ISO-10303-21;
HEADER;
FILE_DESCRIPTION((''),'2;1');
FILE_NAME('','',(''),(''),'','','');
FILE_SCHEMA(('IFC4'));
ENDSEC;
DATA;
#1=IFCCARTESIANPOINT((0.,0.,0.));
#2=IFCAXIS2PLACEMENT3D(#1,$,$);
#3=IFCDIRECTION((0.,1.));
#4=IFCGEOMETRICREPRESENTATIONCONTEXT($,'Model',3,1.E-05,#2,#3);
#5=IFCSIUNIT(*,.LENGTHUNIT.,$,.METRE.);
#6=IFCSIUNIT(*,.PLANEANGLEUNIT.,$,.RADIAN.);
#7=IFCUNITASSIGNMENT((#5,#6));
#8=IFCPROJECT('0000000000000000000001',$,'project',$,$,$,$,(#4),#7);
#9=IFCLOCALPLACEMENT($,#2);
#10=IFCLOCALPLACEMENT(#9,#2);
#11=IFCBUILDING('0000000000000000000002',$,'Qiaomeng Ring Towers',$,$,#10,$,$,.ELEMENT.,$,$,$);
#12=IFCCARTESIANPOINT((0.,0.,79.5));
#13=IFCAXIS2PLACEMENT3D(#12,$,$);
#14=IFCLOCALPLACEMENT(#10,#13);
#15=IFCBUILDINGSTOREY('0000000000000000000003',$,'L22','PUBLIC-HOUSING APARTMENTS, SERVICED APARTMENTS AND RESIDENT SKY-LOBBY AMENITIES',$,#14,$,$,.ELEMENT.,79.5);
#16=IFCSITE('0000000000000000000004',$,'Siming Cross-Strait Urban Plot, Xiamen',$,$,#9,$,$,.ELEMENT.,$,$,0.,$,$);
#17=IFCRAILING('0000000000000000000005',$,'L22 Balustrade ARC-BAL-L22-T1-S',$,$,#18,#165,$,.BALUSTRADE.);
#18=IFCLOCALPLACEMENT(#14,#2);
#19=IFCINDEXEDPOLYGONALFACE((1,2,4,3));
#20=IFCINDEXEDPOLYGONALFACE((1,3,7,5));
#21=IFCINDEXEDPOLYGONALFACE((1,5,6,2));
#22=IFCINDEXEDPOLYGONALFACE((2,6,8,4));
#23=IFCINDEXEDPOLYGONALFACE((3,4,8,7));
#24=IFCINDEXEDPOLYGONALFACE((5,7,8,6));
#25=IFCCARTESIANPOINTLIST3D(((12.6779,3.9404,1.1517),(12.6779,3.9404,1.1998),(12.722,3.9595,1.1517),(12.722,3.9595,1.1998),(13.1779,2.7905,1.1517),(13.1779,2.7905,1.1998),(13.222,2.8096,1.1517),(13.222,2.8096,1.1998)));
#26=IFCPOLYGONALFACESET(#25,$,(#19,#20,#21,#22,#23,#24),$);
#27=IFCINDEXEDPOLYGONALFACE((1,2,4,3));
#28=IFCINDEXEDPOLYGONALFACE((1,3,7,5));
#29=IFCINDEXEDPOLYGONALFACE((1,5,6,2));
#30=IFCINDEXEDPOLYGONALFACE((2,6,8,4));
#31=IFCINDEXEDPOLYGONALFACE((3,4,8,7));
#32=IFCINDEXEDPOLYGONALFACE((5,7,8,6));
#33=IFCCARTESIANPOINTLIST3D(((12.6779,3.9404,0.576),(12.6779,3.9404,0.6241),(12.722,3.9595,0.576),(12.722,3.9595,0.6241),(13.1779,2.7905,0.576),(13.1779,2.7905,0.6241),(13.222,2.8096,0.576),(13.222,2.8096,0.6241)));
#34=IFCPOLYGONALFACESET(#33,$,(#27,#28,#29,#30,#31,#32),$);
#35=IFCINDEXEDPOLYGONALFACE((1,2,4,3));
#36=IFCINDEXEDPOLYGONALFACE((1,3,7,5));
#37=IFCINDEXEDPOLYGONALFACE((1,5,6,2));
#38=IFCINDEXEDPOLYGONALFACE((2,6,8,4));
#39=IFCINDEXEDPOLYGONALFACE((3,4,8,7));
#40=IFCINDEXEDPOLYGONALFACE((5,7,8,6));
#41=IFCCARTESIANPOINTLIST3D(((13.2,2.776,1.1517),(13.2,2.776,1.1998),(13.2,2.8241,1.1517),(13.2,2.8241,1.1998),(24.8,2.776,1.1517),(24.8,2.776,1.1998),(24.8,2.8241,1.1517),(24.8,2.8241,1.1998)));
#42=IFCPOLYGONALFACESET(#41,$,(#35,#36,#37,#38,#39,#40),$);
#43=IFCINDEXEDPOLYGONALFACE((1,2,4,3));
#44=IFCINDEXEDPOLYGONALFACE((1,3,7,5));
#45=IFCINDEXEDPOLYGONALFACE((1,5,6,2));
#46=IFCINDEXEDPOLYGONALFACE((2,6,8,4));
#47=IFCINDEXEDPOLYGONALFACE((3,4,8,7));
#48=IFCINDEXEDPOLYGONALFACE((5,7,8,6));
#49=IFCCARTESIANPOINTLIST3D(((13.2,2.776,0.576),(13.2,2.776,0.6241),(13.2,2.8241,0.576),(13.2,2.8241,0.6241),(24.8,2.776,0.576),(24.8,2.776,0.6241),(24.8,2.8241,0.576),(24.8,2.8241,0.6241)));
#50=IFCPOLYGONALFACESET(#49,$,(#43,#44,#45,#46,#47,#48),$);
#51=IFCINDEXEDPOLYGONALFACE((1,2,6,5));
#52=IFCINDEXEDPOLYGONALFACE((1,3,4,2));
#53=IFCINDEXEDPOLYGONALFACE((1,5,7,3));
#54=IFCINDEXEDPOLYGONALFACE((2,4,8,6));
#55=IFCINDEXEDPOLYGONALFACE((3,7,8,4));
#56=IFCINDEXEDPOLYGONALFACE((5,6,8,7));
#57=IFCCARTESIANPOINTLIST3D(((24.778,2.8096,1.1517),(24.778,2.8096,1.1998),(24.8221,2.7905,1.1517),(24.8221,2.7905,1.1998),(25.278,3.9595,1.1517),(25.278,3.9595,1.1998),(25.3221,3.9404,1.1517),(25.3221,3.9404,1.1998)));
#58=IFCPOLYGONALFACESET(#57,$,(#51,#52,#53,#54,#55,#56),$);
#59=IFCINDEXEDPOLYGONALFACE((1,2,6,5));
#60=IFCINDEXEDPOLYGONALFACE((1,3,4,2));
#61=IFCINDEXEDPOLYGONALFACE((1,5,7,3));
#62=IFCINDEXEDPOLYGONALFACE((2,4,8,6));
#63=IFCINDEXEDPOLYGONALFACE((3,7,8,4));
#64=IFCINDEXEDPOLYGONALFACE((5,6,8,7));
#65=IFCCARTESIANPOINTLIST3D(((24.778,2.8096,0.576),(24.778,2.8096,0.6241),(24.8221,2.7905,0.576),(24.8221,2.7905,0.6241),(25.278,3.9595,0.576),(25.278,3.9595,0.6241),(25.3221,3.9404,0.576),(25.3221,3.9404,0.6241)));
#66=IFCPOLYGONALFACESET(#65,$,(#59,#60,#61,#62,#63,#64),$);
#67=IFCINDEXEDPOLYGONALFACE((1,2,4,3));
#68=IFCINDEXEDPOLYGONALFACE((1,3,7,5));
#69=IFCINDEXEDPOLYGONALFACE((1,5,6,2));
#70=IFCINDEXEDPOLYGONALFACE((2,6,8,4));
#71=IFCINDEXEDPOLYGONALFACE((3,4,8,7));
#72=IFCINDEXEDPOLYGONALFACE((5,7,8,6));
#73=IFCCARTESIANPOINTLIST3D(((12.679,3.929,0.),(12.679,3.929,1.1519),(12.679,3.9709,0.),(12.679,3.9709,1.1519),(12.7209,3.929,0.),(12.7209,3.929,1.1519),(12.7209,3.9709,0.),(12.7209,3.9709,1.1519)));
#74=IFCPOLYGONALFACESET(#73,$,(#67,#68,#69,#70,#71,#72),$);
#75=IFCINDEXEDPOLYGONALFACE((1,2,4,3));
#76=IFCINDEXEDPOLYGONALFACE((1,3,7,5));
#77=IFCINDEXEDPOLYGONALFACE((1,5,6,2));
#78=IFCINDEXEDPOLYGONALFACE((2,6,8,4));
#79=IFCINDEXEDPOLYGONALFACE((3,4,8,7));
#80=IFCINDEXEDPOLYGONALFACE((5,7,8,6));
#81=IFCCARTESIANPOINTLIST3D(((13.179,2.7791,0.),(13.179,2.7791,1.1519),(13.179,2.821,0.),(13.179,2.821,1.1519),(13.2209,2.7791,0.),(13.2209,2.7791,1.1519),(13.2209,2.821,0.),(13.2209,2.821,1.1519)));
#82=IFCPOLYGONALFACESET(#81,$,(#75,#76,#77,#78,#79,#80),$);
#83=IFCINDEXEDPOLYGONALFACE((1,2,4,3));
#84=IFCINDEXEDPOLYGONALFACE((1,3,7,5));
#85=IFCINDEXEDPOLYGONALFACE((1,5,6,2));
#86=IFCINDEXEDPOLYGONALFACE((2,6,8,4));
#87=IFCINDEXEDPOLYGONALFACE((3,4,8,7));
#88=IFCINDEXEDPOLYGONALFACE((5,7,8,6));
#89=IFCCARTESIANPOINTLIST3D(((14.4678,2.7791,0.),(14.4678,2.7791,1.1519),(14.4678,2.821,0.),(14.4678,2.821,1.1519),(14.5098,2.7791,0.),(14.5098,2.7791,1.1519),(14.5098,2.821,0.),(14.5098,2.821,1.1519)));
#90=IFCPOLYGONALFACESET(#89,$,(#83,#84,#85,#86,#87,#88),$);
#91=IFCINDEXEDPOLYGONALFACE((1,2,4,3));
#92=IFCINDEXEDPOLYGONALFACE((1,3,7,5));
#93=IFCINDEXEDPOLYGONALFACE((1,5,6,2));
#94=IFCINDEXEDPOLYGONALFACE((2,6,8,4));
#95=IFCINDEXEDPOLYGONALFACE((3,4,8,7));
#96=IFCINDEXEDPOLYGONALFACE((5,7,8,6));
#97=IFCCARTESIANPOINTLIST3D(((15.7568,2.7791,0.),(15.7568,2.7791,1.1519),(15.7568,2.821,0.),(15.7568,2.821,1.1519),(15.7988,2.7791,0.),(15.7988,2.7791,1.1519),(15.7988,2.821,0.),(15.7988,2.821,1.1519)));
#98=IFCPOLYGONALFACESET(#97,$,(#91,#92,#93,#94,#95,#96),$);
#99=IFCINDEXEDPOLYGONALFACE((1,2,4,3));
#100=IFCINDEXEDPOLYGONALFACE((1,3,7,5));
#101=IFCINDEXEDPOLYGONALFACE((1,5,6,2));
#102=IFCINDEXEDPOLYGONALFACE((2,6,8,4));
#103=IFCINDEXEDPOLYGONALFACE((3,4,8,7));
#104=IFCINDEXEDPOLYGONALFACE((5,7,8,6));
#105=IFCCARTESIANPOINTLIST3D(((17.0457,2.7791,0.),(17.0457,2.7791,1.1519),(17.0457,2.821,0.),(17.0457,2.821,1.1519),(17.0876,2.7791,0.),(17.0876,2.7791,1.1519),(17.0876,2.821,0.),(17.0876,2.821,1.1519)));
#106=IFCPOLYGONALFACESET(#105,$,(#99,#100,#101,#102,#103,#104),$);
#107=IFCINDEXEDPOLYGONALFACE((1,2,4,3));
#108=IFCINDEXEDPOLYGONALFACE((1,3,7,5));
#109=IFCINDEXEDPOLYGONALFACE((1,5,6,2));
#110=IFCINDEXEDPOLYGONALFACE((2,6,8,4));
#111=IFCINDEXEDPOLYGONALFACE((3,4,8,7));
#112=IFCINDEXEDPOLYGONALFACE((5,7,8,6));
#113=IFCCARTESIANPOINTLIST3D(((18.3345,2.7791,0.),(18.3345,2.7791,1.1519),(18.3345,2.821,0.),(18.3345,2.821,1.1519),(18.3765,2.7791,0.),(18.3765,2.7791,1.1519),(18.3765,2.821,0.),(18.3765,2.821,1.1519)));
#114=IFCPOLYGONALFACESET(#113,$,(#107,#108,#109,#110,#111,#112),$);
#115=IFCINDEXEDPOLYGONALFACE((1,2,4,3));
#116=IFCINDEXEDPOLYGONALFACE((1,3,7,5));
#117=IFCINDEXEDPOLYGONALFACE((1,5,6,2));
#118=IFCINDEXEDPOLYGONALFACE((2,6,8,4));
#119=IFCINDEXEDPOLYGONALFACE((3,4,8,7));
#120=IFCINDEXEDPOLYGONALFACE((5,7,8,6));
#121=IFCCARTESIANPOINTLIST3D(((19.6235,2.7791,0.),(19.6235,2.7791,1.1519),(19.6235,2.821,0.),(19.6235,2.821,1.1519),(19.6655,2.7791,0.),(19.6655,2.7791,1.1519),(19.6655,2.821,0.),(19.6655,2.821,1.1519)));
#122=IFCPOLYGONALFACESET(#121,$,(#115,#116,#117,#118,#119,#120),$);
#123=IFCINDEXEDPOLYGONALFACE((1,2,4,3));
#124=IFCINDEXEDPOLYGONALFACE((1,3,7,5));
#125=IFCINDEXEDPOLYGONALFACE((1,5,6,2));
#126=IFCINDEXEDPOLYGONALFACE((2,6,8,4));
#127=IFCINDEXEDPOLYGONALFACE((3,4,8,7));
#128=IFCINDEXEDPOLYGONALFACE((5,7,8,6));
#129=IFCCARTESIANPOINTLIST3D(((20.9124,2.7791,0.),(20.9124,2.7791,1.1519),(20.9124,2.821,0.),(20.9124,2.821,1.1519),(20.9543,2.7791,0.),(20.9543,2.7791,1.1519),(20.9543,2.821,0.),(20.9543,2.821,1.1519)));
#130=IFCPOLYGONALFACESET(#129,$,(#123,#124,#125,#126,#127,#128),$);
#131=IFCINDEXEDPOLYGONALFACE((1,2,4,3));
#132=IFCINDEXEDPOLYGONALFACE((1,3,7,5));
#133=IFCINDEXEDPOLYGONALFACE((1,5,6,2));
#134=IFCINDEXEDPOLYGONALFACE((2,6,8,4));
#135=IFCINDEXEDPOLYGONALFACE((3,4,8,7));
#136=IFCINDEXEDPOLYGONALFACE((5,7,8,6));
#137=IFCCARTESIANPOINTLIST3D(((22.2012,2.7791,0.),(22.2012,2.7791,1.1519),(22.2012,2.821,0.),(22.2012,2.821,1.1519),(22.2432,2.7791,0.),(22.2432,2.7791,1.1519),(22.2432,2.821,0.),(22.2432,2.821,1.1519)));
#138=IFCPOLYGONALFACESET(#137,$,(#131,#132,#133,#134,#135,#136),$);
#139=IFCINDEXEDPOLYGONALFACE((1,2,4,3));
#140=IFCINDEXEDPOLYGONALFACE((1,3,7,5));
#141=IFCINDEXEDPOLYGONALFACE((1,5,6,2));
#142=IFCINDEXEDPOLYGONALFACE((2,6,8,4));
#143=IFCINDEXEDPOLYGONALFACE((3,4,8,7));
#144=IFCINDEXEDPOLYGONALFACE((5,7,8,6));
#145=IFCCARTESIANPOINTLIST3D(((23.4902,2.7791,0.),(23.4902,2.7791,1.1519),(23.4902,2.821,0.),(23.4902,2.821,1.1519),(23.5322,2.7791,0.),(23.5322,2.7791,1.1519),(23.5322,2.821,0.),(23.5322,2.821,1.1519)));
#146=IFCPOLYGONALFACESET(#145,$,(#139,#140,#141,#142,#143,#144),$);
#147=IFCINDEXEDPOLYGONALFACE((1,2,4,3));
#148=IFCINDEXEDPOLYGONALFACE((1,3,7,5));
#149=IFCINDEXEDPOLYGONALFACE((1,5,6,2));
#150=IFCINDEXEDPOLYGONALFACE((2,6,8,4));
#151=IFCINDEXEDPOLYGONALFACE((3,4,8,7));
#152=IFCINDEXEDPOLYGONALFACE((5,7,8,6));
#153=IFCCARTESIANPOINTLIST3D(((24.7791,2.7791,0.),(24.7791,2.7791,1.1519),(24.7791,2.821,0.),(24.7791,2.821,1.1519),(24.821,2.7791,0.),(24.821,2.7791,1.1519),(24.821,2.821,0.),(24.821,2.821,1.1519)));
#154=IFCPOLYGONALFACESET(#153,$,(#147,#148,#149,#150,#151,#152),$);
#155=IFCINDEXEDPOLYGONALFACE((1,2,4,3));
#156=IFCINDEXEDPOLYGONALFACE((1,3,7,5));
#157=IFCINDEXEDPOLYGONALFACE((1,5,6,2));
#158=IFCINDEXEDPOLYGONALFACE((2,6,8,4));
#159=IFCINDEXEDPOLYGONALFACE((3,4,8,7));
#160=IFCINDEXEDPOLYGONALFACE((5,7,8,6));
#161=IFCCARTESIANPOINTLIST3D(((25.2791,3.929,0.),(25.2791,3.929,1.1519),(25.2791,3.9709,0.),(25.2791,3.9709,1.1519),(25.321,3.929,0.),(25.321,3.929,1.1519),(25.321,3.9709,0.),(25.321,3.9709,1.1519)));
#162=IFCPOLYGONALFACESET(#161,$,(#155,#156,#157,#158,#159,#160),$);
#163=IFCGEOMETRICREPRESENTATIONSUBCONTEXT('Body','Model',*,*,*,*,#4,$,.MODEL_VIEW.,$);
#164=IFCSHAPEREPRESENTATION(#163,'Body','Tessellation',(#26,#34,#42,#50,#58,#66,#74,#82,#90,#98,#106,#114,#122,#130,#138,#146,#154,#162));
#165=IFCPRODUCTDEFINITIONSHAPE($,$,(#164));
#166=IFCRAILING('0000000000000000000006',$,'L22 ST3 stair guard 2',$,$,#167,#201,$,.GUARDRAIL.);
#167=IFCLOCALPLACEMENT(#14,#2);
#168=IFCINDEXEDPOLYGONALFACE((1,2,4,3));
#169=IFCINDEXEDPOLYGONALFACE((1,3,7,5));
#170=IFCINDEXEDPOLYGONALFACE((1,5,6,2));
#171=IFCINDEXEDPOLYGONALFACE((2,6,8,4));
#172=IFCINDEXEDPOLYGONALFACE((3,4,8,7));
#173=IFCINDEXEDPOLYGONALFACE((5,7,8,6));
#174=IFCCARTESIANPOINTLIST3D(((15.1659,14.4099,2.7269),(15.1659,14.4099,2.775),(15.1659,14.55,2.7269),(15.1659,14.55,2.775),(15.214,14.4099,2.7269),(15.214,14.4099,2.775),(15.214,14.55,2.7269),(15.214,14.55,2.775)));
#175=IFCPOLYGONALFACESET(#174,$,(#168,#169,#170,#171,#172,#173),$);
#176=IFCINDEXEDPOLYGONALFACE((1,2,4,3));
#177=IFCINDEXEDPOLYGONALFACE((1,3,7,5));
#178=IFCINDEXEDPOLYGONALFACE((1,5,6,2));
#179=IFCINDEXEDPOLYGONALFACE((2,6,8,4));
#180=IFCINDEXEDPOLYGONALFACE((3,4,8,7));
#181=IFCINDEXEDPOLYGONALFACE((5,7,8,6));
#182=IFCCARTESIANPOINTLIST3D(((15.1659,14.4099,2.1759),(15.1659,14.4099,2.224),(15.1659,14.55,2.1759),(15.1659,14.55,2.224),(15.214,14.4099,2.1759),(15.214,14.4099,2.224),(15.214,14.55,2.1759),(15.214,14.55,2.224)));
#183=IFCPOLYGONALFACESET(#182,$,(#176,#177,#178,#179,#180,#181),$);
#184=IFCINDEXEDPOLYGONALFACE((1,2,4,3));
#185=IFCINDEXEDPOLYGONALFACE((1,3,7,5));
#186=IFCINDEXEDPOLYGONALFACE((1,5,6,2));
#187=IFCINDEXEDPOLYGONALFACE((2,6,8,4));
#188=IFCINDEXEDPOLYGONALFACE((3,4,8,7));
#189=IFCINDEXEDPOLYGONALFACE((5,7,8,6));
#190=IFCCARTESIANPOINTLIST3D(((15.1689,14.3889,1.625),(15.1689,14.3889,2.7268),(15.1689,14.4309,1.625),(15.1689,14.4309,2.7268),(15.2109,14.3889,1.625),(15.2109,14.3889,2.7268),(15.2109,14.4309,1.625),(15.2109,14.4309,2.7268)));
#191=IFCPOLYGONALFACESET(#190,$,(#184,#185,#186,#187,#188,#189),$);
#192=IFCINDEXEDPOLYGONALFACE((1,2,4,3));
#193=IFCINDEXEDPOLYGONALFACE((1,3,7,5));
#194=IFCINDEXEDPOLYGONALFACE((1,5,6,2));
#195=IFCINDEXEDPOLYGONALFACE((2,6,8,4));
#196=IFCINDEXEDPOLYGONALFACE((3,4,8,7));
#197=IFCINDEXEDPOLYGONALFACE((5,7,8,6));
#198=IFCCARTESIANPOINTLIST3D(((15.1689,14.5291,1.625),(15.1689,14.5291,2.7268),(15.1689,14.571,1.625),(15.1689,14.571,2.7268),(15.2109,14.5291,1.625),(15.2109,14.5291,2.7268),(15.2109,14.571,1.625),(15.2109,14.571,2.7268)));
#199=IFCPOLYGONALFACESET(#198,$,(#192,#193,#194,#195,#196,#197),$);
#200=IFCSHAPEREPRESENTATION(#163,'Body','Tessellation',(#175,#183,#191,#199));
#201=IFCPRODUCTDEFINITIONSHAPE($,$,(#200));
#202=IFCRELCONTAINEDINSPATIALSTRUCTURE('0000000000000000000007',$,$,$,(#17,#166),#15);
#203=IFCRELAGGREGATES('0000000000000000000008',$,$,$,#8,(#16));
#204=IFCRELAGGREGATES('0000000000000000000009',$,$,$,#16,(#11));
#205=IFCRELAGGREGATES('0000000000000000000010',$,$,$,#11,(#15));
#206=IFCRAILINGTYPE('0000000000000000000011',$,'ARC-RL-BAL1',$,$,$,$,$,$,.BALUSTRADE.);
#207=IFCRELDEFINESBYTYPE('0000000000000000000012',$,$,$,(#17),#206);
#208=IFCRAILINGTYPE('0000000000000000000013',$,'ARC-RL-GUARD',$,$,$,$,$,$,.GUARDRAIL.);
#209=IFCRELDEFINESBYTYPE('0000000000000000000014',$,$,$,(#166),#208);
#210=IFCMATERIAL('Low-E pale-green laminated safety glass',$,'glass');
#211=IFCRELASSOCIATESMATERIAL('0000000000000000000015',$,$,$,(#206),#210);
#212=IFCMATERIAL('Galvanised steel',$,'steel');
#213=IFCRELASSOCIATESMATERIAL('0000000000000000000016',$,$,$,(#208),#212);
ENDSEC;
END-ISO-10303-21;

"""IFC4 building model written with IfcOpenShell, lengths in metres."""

from ifc_helpers import new_model, si_unit, direction, frame, origin, origin_2d, place, context, subcontext, project, spatial, rectangle, extrude, material, type_object, element, save


model = new_model("IFC4")

# Units and contexts
model_context = context("Model", 3, precision=1e-05, world=origin(), true_north=direction((0.0, 1.0)))
body_context = subcontext(model_context, "Body", "Model", "MODEL_VIEW")
ifc_project = project(units=[si_unit("LENGTHUNIT", "METRE"), si_unit("PLANEANGLEUNIT", "RADIAN")], contexts=[model_context])

# Site, building, storey
site_placement = place(None, origin())
site = spatial("IfcSite", under=ifc_project, at=site_placement, Name="Siming Cross-Strait Urban Plot, Xiamen", CompositionType="ELEMENT", RefElevation=0.0)
building_placement = place(site_placement, origin())
building = spatial("IfcBuilding", under=site, at=building_placement, Name="Qiaomeng Ring Towers", CompositionType="ELEMENT")
storey_placement = place(building_placement, frame((0.0, 0.0, 79.5)))
storey = spatial("IfcBuildingStorey", under=building, at=storey_placement, Name="L22", Description="PUBLIC-HOUSING APARTMENTS, SERVICED APARTMENTS AND RESIDENT SKY-LOBBY AMENITIES", CompositionType="ELEMENT", Elevation=79.5)

# Shared definitions
ifc_material_1 = material(Name="Galvanised steel", Category="steel")

# Railings
ifc_material_2 = material(Name="Low-E pale-green laminated safety glass", Category="glass")
railing_type_1 = type_object("IfcRailingType", Name="ARC-RL-BAL1", PredefinedType="BALUSTRADE", material=ifc_material_2)
railing_1_placement = place(storey_placement, frame((12.7, 3.95, 0.0)))
element("IfcRailing", 1, at=railing_1_placement, inside=storey, type_object=railing_type_1, Name="L22 Balustrade ARC-BAL-L22-T1-S", PredefinedType="BALUSTRADE", context=body_context, shape_type="SweptSolid", body=[
    extrude(rectangle(XDim=0.0481, YDim=0.0481, at=origin_2d()), frame((0.0, 0.0, 1.1758), z_axis=(0.398755, -0.917058, 0.0), x_axis=(0.917058, 0.398755, 0.0)), (0.0, 0.0, 1.0), 1.2539),
    extrude(rectangle(XDim=0.0481, YDim=0.0481, at=origin_2d()), frame((0.0, 0.0, 0.6001), z_axis=(0.398755, -0.917058, 0.0), x_axis=(0.917058, 0.398755, 0.0)), (0.0, 0.0, 1.0), 1.2539),
    extrude(rectangle(XDim=0.0481, YDim=0.0481, at=origin_2d()), frame((0.5, -1.1499, 1.1758), z_axis=(1.0, 0.0, 0.0), x_axis=(0.0, 1.0, 0.0)), (0.0, 0.0, 1.0), 11.6001),
    extrude(rectangle(XDim=0.0481, YDim=0.0481, at=origin_2d()), frame((0.5, -1.1499, 0.6001), z_axis=(1.0, 0.0, 0.0), x_axis=(0.0, 1.0, 0.0)), (0.0, 0.0, 1.0), 11.6001),
    extrude(rectangle(XDim=0.0481, YDim=0.0481, at=origin_2d()), frame((12.1001, -1.1499, 1.1758), z_axis=(0.398755, 0.917058, 0.0), x_axis=(-0.917058, 0.398755, 0.0)), (0.0, 0.0, 1.0), 1.2539),
    extrude(rectangle(XDim=0.0481, YDim=0.0481, at=origin_2d()), frame((12.1001, -1.1499, 0.6001), z_axis=(0.398755, 0.917058, 0.0), x_axis=(-0.917058, 0.398755, 0.0)), (0.0, 0.0, 1.0), 1.2539),
    extrude(rectangle(XDim=0.042, YDim=0.042, at=origin_2d()), origin(), (0.0, 0.0, 1.0), 1.1519),
    extrude(rectangle(XDim=0.042, YDim=0.042, at=origin_2d()), frame((0.5, -1.1499, 0.0)), (0.0, 0.0, 1.0), 1.1519),
    extrude(rectangle(XDim=0.042, YDim=0.042, at=origin_2d()), frame((1.7888, -1.1499, 0.0)), (0.0, 0.0, 1.0), 1.1519),
    extrude(rectangle(XDim=0.042, YDim=0.042, at=origin_2d()), frame((3.0779, -1.1499, 0.0)), (0.0, 0.0, 1.0), 1.1519),
    extrude(rectangle(XDim=0.042, YDim=0.042, at=origin_2d()), frame((4.3667, -1.1499, 0.0)), (0.0, 0.0, 1.0), 1.1519),
    extrude(rectangle(XDim=0.042, YDim=0.042, at=origin_2d()), frame((5.6555, -1.1499, 0.0)), (0.0, 0.0, 1.0), 1.1519),
    extrude(rectangle(XDim=0.042, YDim=0.042, at=origin_2d()), frame((6.9446, -1.1499, 0.0)), (0.0, 0.0, 1.0), 1.1519),
    extrude(rectangle(XDim=0.042, YDim=0.042, at=origin_2d()), frame((8.2334, -1.1499, 0.0)), (0.0, 0.0, 1.0), 1.1519),
    extrude(rectangle(XDim=0.042, YDim=0.042, at=origin_2d()), frame((9.5222, -1.1499, 0.0)), (0.0, 0.0, 1.0), 1.1519),
    extrude(rectangle(XDim=0.042, YDim=0.042, at=origin_2d()), frame((10.8113, -1.1499, 0.0)), (0.0, 0.0, 1.0), 1.1519),
    extrude(rectangle(XDim=0.042, YDim=0.042, at=origin_2d()), frame((12.1001, -1.1499, 0.0)), (0.0, 0.0, 1.0), 1.1519),
    extrude(rectangle(XDim=0.042, YDim=0.042, at=origin_2d()), frame((12.6001, 0.0, 0.0)), (0.0, 0.0, 1.0), 1.1519),
])
railing_type_2 = type_object("IfcRailingType", Name="ARC-RL-GUARD", PredefinedType="GUARDRAIL", material=ifc_material_1)
railing_2_placement = place(storey_placement, frame((15.1899, 14.4099, 1.625)))
element("IfcRailing", 2, at=railing_2_placement, inside=storey, type_object=railing_type_2, Name="L22 ST3 stair guard 2", PredefinedType="GUARDRAIL", context=body_context, shape_type="SweptSolid", body=[
    extrude(rectangle(XDim=0.0481, YDim=0.0481, at=origin_2d()), frame((0.0, 0.0, 1.126), z_axis=(0.0, 1.0, 0.0), x_axis=(-1.0, 0.0, 0.0)), (0.0, 0.0, 1.0), 0.1401),
    extrude(rectangle(XDim=0.0481, YDim=0.0481, at=origin_2d()), frame((0.0, 0.0, 0.575), z_axis=(0.0, 1.0, 0.0), x_axis=(-1.0, 0.0, 0.0)), (0.0, 0.0, 1.0), 0.1401),
    extrude(rectangle(XDim=0.042, YDim=0.042, at=origin_2d()), origin(), (0.0, 0.0, 1.0), 1.1018),
    extrude(rectangle(XDim=0.042, YDim=0.042, at=origin_2d()), frame((0.0, 0.1401, 0.0)), (0.0, 0.0, 1.0), 1.1018),
])

save(model, "model.ifc")
